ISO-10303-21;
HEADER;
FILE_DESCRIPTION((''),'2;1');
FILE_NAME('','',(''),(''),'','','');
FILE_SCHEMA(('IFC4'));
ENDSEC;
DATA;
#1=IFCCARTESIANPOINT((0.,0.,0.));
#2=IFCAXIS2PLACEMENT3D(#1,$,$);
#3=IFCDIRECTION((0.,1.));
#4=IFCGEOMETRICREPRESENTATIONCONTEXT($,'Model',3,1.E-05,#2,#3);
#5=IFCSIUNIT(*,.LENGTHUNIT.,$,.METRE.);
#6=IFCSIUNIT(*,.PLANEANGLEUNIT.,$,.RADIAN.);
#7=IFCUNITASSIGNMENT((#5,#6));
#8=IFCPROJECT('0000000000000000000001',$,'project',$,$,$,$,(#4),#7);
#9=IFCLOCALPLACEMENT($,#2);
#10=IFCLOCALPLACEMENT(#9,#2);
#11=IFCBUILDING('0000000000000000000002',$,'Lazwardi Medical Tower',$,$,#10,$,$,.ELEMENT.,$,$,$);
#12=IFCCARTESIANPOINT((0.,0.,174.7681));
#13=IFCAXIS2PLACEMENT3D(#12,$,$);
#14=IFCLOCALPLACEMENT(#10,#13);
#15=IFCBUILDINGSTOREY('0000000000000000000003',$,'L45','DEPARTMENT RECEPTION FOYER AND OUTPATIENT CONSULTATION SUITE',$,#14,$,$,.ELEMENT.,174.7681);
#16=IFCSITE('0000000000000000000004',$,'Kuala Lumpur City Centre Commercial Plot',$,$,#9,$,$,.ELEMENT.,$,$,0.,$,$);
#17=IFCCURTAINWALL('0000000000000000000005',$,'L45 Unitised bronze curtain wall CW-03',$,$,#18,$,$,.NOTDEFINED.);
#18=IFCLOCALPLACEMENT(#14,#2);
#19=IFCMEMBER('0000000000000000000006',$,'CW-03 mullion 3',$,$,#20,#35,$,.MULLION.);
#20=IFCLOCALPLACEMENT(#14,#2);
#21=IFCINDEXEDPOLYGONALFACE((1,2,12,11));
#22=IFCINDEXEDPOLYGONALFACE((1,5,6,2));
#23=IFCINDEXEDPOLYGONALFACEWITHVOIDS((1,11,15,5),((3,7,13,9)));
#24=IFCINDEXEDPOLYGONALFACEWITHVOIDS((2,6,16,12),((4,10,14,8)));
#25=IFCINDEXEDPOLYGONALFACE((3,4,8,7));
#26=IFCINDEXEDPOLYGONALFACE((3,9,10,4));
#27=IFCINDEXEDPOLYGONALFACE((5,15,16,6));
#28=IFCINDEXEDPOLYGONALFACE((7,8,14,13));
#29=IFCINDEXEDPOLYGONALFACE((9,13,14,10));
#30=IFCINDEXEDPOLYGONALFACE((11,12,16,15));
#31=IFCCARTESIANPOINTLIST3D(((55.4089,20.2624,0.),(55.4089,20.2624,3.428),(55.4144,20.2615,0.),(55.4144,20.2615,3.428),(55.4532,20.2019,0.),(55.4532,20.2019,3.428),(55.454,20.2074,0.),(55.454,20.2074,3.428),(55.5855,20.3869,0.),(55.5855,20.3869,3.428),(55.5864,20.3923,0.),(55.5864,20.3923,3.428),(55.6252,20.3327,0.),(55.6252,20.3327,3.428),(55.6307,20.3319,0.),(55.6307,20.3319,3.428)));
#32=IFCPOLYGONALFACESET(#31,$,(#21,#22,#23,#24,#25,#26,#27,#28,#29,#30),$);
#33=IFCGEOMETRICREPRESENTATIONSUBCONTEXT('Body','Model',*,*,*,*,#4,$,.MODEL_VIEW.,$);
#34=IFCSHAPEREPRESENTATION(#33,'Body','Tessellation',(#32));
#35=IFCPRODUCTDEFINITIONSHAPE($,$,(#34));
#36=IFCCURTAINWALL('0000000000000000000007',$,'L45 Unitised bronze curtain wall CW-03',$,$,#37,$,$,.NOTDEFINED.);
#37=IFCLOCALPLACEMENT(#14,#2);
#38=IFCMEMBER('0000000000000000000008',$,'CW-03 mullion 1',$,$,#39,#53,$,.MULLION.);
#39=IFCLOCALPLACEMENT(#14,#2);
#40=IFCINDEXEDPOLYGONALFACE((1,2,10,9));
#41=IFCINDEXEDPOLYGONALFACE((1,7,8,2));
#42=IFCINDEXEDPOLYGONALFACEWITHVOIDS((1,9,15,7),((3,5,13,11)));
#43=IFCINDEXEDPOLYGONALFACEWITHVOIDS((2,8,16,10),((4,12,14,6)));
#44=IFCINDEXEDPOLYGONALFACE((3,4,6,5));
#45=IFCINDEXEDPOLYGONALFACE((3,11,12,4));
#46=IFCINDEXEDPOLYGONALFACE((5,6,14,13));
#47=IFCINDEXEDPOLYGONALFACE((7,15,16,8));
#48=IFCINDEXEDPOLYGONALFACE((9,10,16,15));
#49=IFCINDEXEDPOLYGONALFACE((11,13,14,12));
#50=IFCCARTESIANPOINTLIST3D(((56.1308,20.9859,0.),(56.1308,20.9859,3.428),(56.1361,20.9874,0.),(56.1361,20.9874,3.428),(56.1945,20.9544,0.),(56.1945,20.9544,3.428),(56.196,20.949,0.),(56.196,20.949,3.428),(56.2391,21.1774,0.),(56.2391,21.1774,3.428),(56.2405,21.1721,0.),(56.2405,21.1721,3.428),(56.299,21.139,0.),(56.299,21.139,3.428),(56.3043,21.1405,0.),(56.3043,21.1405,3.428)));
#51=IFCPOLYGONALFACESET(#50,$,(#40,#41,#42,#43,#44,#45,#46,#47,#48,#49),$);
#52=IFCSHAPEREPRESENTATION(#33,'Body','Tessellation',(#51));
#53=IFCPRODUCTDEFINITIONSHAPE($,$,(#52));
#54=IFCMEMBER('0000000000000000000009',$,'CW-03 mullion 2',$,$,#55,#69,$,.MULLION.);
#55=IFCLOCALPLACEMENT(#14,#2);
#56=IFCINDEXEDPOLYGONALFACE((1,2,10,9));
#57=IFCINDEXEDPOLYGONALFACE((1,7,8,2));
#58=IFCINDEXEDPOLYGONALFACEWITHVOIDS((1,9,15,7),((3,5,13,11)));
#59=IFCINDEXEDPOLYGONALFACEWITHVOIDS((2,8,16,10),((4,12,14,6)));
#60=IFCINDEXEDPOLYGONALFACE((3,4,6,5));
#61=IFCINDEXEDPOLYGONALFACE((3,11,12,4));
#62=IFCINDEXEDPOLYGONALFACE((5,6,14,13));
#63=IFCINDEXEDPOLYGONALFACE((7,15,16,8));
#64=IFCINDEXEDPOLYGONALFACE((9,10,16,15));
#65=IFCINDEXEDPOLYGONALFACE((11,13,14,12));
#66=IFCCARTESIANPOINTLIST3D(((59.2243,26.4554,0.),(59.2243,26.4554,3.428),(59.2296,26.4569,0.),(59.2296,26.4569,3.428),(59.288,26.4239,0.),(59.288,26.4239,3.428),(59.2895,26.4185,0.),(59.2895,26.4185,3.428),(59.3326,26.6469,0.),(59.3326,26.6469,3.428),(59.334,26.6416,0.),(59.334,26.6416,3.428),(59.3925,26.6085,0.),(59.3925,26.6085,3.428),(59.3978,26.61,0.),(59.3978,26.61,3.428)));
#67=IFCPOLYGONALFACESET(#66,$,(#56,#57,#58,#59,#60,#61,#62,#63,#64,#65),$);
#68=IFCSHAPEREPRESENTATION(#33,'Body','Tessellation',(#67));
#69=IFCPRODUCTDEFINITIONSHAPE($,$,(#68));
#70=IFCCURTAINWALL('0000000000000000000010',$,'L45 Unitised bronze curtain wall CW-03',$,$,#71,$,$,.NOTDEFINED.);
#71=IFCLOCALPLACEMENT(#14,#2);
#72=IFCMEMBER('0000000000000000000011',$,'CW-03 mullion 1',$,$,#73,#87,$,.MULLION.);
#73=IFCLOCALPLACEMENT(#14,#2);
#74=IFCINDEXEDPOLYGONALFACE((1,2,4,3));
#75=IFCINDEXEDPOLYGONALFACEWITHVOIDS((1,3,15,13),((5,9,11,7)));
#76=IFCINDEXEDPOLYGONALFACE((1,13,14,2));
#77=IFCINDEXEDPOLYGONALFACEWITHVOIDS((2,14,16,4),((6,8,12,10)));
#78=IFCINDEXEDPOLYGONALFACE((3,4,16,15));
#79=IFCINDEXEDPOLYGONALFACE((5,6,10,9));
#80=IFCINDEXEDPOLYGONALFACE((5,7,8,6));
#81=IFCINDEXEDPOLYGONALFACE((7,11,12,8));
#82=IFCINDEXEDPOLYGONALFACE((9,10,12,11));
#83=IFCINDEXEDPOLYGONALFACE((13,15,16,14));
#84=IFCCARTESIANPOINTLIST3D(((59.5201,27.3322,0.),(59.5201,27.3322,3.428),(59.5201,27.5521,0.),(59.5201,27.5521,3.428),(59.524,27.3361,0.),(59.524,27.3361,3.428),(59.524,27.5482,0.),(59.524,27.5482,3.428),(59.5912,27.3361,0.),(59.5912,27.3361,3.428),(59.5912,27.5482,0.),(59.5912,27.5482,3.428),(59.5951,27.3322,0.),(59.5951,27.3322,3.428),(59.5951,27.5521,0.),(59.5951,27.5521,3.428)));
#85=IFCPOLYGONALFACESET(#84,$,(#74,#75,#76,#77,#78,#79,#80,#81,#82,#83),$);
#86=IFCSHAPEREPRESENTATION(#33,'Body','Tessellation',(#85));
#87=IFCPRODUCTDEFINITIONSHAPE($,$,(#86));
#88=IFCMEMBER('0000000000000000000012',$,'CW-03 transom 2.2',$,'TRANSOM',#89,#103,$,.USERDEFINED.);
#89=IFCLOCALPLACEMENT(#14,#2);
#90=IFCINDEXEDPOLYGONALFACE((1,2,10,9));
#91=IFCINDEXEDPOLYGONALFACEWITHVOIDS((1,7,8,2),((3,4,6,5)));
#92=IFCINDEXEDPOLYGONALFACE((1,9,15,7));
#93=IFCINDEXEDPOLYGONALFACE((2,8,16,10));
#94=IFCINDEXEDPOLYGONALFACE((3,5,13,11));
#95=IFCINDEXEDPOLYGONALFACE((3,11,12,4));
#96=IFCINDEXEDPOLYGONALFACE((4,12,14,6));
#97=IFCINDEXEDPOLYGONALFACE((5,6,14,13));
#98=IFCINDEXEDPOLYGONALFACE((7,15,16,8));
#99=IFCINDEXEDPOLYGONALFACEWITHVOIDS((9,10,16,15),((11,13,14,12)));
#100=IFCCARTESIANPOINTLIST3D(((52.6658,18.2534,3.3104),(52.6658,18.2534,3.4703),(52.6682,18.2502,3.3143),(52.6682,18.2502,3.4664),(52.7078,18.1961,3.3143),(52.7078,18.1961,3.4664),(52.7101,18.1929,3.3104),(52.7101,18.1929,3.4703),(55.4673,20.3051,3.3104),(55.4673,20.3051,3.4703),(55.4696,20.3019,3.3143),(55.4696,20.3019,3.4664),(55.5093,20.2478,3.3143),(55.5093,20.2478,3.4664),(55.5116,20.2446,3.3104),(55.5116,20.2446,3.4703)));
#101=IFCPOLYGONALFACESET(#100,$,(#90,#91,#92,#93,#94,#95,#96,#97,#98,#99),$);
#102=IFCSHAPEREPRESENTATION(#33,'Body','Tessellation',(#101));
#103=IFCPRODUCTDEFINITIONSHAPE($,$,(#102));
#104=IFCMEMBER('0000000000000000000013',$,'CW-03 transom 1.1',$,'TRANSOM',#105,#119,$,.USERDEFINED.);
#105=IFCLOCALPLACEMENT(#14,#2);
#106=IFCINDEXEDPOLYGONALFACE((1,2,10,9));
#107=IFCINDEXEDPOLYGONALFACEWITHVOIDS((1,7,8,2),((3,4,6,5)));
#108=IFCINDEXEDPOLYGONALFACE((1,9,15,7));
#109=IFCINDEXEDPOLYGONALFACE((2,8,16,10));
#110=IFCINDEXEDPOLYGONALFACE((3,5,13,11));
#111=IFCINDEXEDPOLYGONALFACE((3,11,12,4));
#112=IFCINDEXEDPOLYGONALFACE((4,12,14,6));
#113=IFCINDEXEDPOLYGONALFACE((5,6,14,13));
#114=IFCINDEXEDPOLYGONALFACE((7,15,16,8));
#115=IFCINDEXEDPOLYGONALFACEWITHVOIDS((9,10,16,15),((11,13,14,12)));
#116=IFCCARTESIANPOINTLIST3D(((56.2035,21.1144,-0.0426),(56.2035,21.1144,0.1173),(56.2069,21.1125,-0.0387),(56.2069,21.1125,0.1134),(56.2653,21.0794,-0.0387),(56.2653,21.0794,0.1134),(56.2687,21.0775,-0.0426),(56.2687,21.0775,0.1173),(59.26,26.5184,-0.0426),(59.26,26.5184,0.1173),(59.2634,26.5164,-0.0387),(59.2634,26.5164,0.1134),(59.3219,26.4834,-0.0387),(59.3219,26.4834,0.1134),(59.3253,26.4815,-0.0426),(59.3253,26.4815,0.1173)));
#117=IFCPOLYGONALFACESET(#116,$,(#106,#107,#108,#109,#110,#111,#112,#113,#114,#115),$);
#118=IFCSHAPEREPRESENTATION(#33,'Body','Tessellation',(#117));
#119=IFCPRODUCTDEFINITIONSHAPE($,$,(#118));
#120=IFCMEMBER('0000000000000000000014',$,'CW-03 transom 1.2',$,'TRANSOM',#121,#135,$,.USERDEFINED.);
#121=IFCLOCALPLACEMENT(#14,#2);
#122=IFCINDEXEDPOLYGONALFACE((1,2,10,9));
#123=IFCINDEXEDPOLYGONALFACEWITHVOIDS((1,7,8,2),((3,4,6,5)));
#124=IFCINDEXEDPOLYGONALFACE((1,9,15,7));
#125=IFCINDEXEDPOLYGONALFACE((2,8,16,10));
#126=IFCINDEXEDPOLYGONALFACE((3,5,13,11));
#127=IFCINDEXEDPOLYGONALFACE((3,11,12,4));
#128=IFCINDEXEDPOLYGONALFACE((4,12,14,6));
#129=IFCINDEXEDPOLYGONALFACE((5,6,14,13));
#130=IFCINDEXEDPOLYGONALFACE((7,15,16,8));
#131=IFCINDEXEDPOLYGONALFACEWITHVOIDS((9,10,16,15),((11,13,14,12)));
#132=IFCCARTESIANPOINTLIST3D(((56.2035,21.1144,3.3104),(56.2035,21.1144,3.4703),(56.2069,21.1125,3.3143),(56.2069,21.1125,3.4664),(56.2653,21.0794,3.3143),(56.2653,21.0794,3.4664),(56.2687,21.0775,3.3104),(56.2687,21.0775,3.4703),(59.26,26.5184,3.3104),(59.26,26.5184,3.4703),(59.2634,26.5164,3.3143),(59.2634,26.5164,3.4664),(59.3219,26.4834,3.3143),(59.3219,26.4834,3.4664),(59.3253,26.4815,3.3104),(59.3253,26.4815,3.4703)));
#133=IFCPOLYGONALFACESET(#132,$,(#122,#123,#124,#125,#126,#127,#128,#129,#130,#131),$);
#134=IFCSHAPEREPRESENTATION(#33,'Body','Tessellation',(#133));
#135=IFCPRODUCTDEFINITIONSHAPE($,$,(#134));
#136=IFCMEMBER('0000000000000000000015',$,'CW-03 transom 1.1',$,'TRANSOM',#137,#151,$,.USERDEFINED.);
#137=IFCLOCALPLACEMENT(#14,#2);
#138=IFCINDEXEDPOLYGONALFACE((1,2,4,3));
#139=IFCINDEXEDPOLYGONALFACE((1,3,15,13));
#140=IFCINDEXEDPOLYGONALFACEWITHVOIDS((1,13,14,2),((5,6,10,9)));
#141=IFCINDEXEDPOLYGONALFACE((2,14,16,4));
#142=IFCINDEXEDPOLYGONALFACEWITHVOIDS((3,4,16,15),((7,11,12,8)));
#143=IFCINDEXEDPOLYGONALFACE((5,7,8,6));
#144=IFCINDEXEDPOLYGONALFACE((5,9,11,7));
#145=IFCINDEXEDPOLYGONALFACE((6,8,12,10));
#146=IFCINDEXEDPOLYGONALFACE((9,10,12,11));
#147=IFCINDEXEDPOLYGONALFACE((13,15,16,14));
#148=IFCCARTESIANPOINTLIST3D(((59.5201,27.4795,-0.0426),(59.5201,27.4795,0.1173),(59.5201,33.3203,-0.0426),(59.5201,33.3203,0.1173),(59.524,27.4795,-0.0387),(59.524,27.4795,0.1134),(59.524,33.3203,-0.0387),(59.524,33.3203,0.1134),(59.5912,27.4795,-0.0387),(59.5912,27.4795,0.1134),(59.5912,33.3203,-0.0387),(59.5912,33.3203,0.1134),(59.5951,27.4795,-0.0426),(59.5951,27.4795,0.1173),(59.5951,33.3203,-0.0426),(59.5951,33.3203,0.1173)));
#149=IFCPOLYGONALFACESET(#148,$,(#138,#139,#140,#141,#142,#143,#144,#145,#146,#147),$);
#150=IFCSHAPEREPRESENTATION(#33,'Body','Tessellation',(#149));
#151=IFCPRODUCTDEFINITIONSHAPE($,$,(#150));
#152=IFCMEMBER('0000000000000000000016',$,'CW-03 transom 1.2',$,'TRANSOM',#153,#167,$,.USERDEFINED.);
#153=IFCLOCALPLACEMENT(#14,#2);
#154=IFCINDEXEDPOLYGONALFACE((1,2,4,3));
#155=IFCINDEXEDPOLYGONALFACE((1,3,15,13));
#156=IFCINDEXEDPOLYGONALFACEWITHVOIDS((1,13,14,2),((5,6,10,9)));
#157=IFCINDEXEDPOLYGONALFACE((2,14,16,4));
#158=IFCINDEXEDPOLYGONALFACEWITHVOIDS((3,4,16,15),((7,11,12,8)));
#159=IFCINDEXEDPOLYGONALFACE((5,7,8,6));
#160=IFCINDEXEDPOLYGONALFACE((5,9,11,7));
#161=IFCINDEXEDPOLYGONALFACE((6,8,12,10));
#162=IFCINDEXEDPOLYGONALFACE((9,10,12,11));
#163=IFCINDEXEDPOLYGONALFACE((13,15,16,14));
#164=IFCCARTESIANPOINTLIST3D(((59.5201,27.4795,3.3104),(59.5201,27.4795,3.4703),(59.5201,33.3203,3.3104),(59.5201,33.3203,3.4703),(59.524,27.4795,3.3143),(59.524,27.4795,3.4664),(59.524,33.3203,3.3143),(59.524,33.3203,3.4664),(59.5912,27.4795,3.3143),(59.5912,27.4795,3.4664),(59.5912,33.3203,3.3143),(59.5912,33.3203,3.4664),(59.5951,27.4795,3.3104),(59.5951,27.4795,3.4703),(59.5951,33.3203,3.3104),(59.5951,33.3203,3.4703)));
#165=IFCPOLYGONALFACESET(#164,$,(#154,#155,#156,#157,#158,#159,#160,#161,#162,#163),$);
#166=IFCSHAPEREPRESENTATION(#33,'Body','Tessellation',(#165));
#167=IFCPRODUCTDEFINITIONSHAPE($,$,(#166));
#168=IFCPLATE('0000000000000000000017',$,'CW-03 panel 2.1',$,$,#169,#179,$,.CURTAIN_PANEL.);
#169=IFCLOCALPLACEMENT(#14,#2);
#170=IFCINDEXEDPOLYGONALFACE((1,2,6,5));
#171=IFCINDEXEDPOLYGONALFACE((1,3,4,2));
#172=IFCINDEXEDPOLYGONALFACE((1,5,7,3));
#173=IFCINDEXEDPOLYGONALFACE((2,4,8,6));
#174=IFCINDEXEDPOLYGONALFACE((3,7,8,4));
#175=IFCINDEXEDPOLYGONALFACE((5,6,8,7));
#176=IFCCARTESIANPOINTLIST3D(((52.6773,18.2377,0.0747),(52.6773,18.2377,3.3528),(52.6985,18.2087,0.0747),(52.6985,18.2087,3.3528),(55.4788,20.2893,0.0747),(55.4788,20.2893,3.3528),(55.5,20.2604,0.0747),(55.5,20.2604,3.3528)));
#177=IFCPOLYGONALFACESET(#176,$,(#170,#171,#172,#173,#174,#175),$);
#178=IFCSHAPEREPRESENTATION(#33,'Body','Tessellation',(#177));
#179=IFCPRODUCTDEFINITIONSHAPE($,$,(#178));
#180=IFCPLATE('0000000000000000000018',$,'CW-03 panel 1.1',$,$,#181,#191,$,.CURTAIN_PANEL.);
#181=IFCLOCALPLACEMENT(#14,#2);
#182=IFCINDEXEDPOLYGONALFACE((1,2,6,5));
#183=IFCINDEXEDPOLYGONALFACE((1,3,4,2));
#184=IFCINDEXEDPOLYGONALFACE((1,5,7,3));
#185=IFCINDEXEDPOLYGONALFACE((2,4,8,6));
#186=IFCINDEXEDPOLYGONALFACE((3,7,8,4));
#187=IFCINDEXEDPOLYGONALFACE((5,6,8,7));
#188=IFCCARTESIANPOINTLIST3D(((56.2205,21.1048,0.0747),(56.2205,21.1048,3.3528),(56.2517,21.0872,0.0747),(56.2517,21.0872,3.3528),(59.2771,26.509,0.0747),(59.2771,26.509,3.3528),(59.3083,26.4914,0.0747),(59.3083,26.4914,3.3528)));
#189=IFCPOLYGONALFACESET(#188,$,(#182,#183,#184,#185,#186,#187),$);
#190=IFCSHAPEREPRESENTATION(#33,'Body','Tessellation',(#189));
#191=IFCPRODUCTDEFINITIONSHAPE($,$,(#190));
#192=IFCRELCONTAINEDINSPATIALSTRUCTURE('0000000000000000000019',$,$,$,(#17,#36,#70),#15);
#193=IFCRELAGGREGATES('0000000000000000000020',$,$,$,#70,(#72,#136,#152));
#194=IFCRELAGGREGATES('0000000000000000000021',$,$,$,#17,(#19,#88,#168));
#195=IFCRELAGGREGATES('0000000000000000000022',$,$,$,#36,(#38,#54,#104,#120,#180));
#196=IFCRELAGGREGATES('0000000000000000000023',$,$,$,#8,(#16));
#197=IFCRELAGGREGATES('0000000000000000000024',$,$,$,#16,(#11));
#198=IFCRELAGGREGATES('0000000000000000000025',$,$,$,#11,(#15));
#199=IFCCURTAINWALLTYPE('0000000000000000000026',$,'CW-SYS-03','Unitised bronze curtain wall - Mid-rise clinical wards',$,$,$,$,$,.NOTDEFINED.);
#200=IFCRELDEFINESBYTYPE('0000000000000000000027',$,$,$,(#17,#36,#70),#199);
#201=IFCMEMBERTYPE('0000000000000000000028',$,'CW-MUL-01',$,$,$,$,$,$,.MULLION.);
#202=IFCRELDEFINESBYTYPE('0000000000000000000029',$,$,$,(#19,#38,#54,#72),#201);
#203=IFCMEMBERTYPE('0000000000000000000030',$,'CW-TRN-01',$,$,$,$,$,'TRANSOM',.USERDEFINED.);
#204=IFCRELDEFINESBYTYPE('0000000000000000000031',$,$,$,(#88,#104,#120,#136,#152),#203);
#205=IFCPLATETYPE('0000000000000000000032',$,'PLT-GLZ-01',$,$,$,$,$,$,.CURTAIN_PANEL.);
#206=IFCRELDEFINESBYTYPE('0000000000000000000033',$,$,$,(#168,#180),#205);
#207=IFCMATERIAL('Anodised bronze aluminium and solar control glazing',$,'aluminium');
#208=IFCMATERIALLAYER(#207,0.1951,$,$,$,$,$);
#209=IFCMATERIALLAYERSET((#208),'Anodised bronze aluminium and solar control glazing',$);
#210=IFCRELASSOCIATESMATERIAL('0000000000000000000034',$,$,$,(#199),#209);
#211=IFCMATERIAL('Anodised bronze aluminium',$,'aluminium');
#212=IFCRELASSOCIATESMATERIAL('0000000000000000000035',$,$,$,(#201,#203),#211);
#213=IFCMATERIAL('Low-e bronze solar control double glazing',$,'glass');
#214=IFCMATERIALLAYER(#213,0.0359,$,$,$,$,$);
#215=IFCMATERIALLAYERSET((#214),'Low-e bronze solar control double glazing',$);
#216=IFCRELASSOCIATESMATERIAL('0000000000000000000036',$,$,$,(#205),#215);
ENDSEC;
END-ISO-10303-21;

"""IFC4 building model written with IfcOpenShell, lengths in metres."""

from ifc_helpers import new_model, si_unit, direction, frame, origin, origin_2d, place, context, subcontext, project, spatial, rectangle, hollow_rectangle, extrude, material, layer, layer_set, material_profile, profile_set, type_object, element, aggregate, save


model = new_model("IFC4")

# Units and contexts
model_context = context("Model", 3, precision=1e-05, world=origin(), true_north=direction((0.0, 1.0)))
body_context = subcontext(model_context, "Body", "Model", "MODEL_VIEW")
ifc_project = project(units=[si_unit("LENGTHUNIT", "METRE"), si_unit("PLANEANGLEUNIT", "RADIAN")], contexts=[model_context])

# Site, building, storey
site_placement = place(None, origin())
site = spatial("IfcSite", under=ifc_project, at=site_placement, Name="Kuala Lumpur City Centre Commercial Plot", CompositionType="ELEMENT", RefElevation=0.0)
building_placement = place(site_placement, origin())
building = spatial("IfcBuilding", under=site, at=building_placement, Name="Lazwardi Medical Tower", CompositionType="ELEMENT")
storey_placement = place(building_placement, frame((0.0, 0.0, 174.7681)))
storey = spatial("IfcBuildingStorey", under=building, at=storey_placement, Name="L45", Description="DEPARTMENT RECEPTION FOYER AND OUTPATIENT CONSULTATION SUITE", CompositionType="ELEMENT", Elevation=174.7681)

# Curtain wall, member
ifc_material_1 = material(Name="Anodised bronze aluminium and solar control glazing", Category="aluminium")
ifc_layer_1 = layer(ifc_material_1, 0.1951)
ifc_layer_set_1 = layer_set([ifc_layer_1], Name="Anodised bronze aluminium and solar control glazing")
curtain_wall_type = type_object("IfcCurtainWallType", Name="CW-SYS-03", Description="Unitised bronze curtain wall - Mid-rise clinical wards", PredefinedType="NOTDEFINED", material=ifc_layer_set_1)
curtain_wall_1_placement = place(storey_placement, origin())
curtain_wall_1 = element("IfcCurtainWall", 1, at=curtain_wall_1_placement, inside=storey, type_object=curtain_wall_type, Name="L45 Unitised bronze curtain wall CW-03", PredefinedType="NOTDEFINED")
ifc_material_2 = material(Name="Anodised bronze aluminium", Category="aluminium")
ifc_material_profile_1 = material_profile(ifc_material_2, hollow_rectangle(XDim=0.075, YDim=0.22, WallThickness=0.0039, at=origin_2d()), Name="ALU-MULLION 220x75x4")
ifc_profile_set_1 = profile_set([ifc_material_profile_1], Name="Anodised bronze aluminium")
member_type_1 = type_object("IfcMemberType", Name="CW-MUL-01", PredefinedType="MULLION", material=ifc_profile_set_1)
member_1_placement = place(storey_placement, frame((55.5198, 20.2971, 0.0), z_axis=(0.0, 0.0, 1.0), x_axis=(-0.590834, 0.806793, 0.0)))
member_1 = element("IfcMember", 2, at=member_1_placement, type_object=member_type_1, Name="CW-03 mullion 3", PredefinedType="MULLION", context=body_context, shape_type="SweptSolid", body=[
    extrude(hollow_rectangle(XDim=0.075, YDim=0.22, WallThickness=0.0039, at=origin_2d()), origin(), (0.0, 0.0, 1.0), 3.428),
])

# Curtain wall, members
curtain_wall_2_placement = place(storey_placement, origin())
curtain_wall_2 = element("IfcCurtainWall", 3, at=curtain_wall_2_placement, inside=storey, type_object=curtain_wall_type, Name="L45 Unitised bronze curtain wall CW-03", PredefinedType="NOTDEFINED")
member_2_placement = place(storey_placement, frame((56.2175, 21.0632, 0.0), z_axis=(0.0, 0.0, 1.0), x_axis=(-0.870419, 0.492312, 0.0)))
member_2 = element("IfcMember", 4, at=member_2_placement, type_object=member_type_1, Name="CW-03 mullion 1", PredefinedType="MULLION", context=body_context, shape_type="SweptSolid", body=[
    extrude(hollow_rectangle(XDim=0.075, YDim=0.22, WallThickness=0.0039, at=origin_2d()), origin(), (0.0, 0.0, 1.0), 3.428),
])
member_3_placement = place(storey_placement, frame((59.311, 26.5327, 0.0), z_axis=(0.0, 0.0, 1.0), x_axis=(-0.870419, 0.492312, 0.0)))
member_3 = element("IfcMember", 5, at=member_3_placement, type_object=member_type_1, Name="CW-03 mullion 2", PredefinedType="MULLION", context=body_context, shape_type="SweptSolid", body=[
    extrude(hollow_rectangle(XDim=0.075, YDim=0.22, WallThickness=0.0039, at=origin_2d()), origin(), (0.0, 0.0, 1.0), 3.428),
])

# Curtain wall, member
curtain_wall_3_placement = place(storey_placement, origin())
curtain_wall_3 = element("IfcCurtainWall", 6, at=curtain_wall_3_placement, inside=storey, type_object=curtain_wall_type, Name="L45 Unitised bronze curtain wall CW-03", PredefinedType="NOTDEFINED")
member_4_placement = place(storey_placement, frame((59.5576, 27.4421, 0.0), z_axis=(0.0, 0.0, 1.0), x_axis=(-1.0, 0.0, 0.0)))
member_4 = element("IfcMember", 7, at=member_4_placement, type_object=member_type_1, Name="CW-03 mullion 1", PredefinedType="MULLION", context=body_context, shape_type="SweptSolid", body=[
    extrude(hollow_rectangle(XDim=0.075, YDim=0.22, WallThickness=0.0039, at=origin_2d()), origin(), (0.0, 0.0, 1.0), 3.428),
])

# Members
ifc_material_profile_2 = material_profile(ifc_material_2, hollow_rectangle(XDim=0.075, YDim=0.1599, WallThickness=0.0039, at=origin_2d()), Name="ALU-TRANSOM 160x75x4")
ifc_profile_set_2 = profile_set([ifc_material_profile_2], Name="Anodised bronze aluminium")
member_type_2 = type_object("IfcMemberType", Name="CW-TRN-01", ElementType="TRANSOM", PredefinedType="USERDEFINED", material=ifc_profile_set_2)
member_5_placement = place(storey_placement, frame((52.688, 18.2231, 3.3904), z_axis=(0.806774, 0.590861, 0.0), x_axis=(-0.590861, 0.806774, 0.0)))
member_5 = element("IfcMember", 8, at=member_5_placement, type_object=member_type_2, Name="CW-03 transom 2.2", ObjectType="TRANSOM", PredefinedType="USERDEFINED", context=body_context, shape_type="SweptSolid", body=[
    extrude(hollow_rectangle(XDim=0.075, YDim=0.1599, WallThickness=0.0039, at=origin_2d()), origin(), (0.0, 0.0, 1.0), 3.4724),
])
member_6_placement = place(storey_placement, frame((56.2361, 21.0959, 0.0374), z_axis=(0.492323, 0.870413, 0.0), x_axis=(-0.870413, 0.492323, 0.0)))
member_6 = element("IfcMember", 9, at=member_6_placement, type_object=member_type_2, Name="CW-03 transom 1.1", ObjectType="TRANSOM", PredefinedType="USERDEFINED", context=body_context, shape_type="SweptSolid", body=[
    extrude(hollow_rectangle(XDim=0.075, YDim=0.1599, WallThickness=0.0039, at=origin_2d()), origin(), (0.0, 0.0, 1.0), 6.2085),
])
member_7_placement = place(storey_placement, frame((56.2361, 21.0959, 3.3904), z_axis=(0.492323, 0.870413, 0.0), x_axis=(-0.870413, 0.492323, 0.0)))
member_7 = element("IfcMember", 10, at=member_7_placement, type_object=member_type_2, Name="CW-03 transom 1.2", ObjectType="TRANSOM", PredefinedType="USERDEFINED", context=body_context, shape_type="SweptSolid", body=[
    extrude(hollow_rectangle(XDim=0.075, YDim=0.1599, WallThickness=0.0039, at=origin_2d()), origin(), (0.0, 0.0, 1.0), 6.2085),
])
member_8_placement = place(storey_placement, frame((59.5576, 27.4795, 0.0374), z_axis=(0.0, 1.0, 0.0), x_axis=(-1.0, 0.0, 0.0)))
member_8 = element("IfcMember", 11, at=member_8_placement, type_object=member_type_2, Name="CW-03 transom 1.1", ObjectType="TRANSOM", PredefinedType="USERDEFINED", context=body_context, shape_type="SweptSolid", body=[
    extrude(hollow_rectangle(XDim=0.075, YDim=0.1599, WallThickness=0.0039, at=origin_2d()), origin(), (0.0, 0.0, 1.0), 5.8408),
])
member_9_placement = place(storey_placement, frame((59.5576, 27.4795, 3.3904), z_axis=(0.0, 1.0, 0.0), x_axis=(-1.0, 0.0, 0.0)))
member_9 = element("IfcMember", 12, at=member_9_placement, type_object=member_type_2, Name="CW-03 transom 1.2", ObjectType="TRANSOM", PredefinedType="USERDEFINED", context=body_context, shape_type="SweptSolid", body=[
    extrude(hollow_rectangle(XDim=0.075, YDim=0.1599, WallThickness=0.0039, at=origin_2d()), origin(), (0.0, 0.0, 1.0), 5.8408),
])
aggregate(curtain_wall_3, [member_4, member_8, member_9])

# Plates
ifc_material_3 = material(Name="Low-e bronze solar control double glazing", Category="glass")
ifc_layer_2 = layer(ifc_material_3, 0.0359)
ifc_layer_set_2 = layer_set([ifc_layer_2], Name="Low-e bronze solar control double glazing")
plate_type = type_object("IfcPlateType", Name="PLT-GLZ-01", PredefinedType="CURTAIN_PANEL", material=ifc_layer_set_2)
plate_1_placement = place(storey_placement, frame((54.0886, 19.249, 0.0747), z_axis=(0.0, 0.0, 1.0), x_axis=(0.806793, 0.590834, 0.0)))
plate_1 = element("IfcPlate", 13, at=plate_1_placement, type_object=plate_type, Name="CW-03 panel 2.1", PredefinedType="CURTAIN_PANEL", context=body_context, shape_type="SweptSolid", body=[
    extrude(rectangle(XDim=3.4724, YDim=0.0359, at=origin_2d()), origin(), (0.0, 0.0, 1.0), 3.2781),
])
aggregate(curtain_wall_1, [member_1, member_5, plate_1])
plate_2_placement = place(storey_placement, frame((57.7644, 23.7981, 0.0747), z_axis=(0.0, 0.0, 1.0), x_axis=(0.492312, 0.870419, 0.0)))
plate_2 = element("IfcPlate", 14, at=plate_2_placement, type_object=plate_type, Name="CW-03 panel 1.1", PredefinedType="CURTAIN_PANEL", context=body_context, shape_type="SweptSolid", body=[
    extrude(rectangle(XDim=6.2087, YDim=0.0359, at=origin_2d()), origin(), (0.0, 0.0, 1.0), 3.2781),
])
aggregate(curtain_wall_2, [member_2, member_3, member_6, member_7, plate_2])

save(model, "model.ifc")
